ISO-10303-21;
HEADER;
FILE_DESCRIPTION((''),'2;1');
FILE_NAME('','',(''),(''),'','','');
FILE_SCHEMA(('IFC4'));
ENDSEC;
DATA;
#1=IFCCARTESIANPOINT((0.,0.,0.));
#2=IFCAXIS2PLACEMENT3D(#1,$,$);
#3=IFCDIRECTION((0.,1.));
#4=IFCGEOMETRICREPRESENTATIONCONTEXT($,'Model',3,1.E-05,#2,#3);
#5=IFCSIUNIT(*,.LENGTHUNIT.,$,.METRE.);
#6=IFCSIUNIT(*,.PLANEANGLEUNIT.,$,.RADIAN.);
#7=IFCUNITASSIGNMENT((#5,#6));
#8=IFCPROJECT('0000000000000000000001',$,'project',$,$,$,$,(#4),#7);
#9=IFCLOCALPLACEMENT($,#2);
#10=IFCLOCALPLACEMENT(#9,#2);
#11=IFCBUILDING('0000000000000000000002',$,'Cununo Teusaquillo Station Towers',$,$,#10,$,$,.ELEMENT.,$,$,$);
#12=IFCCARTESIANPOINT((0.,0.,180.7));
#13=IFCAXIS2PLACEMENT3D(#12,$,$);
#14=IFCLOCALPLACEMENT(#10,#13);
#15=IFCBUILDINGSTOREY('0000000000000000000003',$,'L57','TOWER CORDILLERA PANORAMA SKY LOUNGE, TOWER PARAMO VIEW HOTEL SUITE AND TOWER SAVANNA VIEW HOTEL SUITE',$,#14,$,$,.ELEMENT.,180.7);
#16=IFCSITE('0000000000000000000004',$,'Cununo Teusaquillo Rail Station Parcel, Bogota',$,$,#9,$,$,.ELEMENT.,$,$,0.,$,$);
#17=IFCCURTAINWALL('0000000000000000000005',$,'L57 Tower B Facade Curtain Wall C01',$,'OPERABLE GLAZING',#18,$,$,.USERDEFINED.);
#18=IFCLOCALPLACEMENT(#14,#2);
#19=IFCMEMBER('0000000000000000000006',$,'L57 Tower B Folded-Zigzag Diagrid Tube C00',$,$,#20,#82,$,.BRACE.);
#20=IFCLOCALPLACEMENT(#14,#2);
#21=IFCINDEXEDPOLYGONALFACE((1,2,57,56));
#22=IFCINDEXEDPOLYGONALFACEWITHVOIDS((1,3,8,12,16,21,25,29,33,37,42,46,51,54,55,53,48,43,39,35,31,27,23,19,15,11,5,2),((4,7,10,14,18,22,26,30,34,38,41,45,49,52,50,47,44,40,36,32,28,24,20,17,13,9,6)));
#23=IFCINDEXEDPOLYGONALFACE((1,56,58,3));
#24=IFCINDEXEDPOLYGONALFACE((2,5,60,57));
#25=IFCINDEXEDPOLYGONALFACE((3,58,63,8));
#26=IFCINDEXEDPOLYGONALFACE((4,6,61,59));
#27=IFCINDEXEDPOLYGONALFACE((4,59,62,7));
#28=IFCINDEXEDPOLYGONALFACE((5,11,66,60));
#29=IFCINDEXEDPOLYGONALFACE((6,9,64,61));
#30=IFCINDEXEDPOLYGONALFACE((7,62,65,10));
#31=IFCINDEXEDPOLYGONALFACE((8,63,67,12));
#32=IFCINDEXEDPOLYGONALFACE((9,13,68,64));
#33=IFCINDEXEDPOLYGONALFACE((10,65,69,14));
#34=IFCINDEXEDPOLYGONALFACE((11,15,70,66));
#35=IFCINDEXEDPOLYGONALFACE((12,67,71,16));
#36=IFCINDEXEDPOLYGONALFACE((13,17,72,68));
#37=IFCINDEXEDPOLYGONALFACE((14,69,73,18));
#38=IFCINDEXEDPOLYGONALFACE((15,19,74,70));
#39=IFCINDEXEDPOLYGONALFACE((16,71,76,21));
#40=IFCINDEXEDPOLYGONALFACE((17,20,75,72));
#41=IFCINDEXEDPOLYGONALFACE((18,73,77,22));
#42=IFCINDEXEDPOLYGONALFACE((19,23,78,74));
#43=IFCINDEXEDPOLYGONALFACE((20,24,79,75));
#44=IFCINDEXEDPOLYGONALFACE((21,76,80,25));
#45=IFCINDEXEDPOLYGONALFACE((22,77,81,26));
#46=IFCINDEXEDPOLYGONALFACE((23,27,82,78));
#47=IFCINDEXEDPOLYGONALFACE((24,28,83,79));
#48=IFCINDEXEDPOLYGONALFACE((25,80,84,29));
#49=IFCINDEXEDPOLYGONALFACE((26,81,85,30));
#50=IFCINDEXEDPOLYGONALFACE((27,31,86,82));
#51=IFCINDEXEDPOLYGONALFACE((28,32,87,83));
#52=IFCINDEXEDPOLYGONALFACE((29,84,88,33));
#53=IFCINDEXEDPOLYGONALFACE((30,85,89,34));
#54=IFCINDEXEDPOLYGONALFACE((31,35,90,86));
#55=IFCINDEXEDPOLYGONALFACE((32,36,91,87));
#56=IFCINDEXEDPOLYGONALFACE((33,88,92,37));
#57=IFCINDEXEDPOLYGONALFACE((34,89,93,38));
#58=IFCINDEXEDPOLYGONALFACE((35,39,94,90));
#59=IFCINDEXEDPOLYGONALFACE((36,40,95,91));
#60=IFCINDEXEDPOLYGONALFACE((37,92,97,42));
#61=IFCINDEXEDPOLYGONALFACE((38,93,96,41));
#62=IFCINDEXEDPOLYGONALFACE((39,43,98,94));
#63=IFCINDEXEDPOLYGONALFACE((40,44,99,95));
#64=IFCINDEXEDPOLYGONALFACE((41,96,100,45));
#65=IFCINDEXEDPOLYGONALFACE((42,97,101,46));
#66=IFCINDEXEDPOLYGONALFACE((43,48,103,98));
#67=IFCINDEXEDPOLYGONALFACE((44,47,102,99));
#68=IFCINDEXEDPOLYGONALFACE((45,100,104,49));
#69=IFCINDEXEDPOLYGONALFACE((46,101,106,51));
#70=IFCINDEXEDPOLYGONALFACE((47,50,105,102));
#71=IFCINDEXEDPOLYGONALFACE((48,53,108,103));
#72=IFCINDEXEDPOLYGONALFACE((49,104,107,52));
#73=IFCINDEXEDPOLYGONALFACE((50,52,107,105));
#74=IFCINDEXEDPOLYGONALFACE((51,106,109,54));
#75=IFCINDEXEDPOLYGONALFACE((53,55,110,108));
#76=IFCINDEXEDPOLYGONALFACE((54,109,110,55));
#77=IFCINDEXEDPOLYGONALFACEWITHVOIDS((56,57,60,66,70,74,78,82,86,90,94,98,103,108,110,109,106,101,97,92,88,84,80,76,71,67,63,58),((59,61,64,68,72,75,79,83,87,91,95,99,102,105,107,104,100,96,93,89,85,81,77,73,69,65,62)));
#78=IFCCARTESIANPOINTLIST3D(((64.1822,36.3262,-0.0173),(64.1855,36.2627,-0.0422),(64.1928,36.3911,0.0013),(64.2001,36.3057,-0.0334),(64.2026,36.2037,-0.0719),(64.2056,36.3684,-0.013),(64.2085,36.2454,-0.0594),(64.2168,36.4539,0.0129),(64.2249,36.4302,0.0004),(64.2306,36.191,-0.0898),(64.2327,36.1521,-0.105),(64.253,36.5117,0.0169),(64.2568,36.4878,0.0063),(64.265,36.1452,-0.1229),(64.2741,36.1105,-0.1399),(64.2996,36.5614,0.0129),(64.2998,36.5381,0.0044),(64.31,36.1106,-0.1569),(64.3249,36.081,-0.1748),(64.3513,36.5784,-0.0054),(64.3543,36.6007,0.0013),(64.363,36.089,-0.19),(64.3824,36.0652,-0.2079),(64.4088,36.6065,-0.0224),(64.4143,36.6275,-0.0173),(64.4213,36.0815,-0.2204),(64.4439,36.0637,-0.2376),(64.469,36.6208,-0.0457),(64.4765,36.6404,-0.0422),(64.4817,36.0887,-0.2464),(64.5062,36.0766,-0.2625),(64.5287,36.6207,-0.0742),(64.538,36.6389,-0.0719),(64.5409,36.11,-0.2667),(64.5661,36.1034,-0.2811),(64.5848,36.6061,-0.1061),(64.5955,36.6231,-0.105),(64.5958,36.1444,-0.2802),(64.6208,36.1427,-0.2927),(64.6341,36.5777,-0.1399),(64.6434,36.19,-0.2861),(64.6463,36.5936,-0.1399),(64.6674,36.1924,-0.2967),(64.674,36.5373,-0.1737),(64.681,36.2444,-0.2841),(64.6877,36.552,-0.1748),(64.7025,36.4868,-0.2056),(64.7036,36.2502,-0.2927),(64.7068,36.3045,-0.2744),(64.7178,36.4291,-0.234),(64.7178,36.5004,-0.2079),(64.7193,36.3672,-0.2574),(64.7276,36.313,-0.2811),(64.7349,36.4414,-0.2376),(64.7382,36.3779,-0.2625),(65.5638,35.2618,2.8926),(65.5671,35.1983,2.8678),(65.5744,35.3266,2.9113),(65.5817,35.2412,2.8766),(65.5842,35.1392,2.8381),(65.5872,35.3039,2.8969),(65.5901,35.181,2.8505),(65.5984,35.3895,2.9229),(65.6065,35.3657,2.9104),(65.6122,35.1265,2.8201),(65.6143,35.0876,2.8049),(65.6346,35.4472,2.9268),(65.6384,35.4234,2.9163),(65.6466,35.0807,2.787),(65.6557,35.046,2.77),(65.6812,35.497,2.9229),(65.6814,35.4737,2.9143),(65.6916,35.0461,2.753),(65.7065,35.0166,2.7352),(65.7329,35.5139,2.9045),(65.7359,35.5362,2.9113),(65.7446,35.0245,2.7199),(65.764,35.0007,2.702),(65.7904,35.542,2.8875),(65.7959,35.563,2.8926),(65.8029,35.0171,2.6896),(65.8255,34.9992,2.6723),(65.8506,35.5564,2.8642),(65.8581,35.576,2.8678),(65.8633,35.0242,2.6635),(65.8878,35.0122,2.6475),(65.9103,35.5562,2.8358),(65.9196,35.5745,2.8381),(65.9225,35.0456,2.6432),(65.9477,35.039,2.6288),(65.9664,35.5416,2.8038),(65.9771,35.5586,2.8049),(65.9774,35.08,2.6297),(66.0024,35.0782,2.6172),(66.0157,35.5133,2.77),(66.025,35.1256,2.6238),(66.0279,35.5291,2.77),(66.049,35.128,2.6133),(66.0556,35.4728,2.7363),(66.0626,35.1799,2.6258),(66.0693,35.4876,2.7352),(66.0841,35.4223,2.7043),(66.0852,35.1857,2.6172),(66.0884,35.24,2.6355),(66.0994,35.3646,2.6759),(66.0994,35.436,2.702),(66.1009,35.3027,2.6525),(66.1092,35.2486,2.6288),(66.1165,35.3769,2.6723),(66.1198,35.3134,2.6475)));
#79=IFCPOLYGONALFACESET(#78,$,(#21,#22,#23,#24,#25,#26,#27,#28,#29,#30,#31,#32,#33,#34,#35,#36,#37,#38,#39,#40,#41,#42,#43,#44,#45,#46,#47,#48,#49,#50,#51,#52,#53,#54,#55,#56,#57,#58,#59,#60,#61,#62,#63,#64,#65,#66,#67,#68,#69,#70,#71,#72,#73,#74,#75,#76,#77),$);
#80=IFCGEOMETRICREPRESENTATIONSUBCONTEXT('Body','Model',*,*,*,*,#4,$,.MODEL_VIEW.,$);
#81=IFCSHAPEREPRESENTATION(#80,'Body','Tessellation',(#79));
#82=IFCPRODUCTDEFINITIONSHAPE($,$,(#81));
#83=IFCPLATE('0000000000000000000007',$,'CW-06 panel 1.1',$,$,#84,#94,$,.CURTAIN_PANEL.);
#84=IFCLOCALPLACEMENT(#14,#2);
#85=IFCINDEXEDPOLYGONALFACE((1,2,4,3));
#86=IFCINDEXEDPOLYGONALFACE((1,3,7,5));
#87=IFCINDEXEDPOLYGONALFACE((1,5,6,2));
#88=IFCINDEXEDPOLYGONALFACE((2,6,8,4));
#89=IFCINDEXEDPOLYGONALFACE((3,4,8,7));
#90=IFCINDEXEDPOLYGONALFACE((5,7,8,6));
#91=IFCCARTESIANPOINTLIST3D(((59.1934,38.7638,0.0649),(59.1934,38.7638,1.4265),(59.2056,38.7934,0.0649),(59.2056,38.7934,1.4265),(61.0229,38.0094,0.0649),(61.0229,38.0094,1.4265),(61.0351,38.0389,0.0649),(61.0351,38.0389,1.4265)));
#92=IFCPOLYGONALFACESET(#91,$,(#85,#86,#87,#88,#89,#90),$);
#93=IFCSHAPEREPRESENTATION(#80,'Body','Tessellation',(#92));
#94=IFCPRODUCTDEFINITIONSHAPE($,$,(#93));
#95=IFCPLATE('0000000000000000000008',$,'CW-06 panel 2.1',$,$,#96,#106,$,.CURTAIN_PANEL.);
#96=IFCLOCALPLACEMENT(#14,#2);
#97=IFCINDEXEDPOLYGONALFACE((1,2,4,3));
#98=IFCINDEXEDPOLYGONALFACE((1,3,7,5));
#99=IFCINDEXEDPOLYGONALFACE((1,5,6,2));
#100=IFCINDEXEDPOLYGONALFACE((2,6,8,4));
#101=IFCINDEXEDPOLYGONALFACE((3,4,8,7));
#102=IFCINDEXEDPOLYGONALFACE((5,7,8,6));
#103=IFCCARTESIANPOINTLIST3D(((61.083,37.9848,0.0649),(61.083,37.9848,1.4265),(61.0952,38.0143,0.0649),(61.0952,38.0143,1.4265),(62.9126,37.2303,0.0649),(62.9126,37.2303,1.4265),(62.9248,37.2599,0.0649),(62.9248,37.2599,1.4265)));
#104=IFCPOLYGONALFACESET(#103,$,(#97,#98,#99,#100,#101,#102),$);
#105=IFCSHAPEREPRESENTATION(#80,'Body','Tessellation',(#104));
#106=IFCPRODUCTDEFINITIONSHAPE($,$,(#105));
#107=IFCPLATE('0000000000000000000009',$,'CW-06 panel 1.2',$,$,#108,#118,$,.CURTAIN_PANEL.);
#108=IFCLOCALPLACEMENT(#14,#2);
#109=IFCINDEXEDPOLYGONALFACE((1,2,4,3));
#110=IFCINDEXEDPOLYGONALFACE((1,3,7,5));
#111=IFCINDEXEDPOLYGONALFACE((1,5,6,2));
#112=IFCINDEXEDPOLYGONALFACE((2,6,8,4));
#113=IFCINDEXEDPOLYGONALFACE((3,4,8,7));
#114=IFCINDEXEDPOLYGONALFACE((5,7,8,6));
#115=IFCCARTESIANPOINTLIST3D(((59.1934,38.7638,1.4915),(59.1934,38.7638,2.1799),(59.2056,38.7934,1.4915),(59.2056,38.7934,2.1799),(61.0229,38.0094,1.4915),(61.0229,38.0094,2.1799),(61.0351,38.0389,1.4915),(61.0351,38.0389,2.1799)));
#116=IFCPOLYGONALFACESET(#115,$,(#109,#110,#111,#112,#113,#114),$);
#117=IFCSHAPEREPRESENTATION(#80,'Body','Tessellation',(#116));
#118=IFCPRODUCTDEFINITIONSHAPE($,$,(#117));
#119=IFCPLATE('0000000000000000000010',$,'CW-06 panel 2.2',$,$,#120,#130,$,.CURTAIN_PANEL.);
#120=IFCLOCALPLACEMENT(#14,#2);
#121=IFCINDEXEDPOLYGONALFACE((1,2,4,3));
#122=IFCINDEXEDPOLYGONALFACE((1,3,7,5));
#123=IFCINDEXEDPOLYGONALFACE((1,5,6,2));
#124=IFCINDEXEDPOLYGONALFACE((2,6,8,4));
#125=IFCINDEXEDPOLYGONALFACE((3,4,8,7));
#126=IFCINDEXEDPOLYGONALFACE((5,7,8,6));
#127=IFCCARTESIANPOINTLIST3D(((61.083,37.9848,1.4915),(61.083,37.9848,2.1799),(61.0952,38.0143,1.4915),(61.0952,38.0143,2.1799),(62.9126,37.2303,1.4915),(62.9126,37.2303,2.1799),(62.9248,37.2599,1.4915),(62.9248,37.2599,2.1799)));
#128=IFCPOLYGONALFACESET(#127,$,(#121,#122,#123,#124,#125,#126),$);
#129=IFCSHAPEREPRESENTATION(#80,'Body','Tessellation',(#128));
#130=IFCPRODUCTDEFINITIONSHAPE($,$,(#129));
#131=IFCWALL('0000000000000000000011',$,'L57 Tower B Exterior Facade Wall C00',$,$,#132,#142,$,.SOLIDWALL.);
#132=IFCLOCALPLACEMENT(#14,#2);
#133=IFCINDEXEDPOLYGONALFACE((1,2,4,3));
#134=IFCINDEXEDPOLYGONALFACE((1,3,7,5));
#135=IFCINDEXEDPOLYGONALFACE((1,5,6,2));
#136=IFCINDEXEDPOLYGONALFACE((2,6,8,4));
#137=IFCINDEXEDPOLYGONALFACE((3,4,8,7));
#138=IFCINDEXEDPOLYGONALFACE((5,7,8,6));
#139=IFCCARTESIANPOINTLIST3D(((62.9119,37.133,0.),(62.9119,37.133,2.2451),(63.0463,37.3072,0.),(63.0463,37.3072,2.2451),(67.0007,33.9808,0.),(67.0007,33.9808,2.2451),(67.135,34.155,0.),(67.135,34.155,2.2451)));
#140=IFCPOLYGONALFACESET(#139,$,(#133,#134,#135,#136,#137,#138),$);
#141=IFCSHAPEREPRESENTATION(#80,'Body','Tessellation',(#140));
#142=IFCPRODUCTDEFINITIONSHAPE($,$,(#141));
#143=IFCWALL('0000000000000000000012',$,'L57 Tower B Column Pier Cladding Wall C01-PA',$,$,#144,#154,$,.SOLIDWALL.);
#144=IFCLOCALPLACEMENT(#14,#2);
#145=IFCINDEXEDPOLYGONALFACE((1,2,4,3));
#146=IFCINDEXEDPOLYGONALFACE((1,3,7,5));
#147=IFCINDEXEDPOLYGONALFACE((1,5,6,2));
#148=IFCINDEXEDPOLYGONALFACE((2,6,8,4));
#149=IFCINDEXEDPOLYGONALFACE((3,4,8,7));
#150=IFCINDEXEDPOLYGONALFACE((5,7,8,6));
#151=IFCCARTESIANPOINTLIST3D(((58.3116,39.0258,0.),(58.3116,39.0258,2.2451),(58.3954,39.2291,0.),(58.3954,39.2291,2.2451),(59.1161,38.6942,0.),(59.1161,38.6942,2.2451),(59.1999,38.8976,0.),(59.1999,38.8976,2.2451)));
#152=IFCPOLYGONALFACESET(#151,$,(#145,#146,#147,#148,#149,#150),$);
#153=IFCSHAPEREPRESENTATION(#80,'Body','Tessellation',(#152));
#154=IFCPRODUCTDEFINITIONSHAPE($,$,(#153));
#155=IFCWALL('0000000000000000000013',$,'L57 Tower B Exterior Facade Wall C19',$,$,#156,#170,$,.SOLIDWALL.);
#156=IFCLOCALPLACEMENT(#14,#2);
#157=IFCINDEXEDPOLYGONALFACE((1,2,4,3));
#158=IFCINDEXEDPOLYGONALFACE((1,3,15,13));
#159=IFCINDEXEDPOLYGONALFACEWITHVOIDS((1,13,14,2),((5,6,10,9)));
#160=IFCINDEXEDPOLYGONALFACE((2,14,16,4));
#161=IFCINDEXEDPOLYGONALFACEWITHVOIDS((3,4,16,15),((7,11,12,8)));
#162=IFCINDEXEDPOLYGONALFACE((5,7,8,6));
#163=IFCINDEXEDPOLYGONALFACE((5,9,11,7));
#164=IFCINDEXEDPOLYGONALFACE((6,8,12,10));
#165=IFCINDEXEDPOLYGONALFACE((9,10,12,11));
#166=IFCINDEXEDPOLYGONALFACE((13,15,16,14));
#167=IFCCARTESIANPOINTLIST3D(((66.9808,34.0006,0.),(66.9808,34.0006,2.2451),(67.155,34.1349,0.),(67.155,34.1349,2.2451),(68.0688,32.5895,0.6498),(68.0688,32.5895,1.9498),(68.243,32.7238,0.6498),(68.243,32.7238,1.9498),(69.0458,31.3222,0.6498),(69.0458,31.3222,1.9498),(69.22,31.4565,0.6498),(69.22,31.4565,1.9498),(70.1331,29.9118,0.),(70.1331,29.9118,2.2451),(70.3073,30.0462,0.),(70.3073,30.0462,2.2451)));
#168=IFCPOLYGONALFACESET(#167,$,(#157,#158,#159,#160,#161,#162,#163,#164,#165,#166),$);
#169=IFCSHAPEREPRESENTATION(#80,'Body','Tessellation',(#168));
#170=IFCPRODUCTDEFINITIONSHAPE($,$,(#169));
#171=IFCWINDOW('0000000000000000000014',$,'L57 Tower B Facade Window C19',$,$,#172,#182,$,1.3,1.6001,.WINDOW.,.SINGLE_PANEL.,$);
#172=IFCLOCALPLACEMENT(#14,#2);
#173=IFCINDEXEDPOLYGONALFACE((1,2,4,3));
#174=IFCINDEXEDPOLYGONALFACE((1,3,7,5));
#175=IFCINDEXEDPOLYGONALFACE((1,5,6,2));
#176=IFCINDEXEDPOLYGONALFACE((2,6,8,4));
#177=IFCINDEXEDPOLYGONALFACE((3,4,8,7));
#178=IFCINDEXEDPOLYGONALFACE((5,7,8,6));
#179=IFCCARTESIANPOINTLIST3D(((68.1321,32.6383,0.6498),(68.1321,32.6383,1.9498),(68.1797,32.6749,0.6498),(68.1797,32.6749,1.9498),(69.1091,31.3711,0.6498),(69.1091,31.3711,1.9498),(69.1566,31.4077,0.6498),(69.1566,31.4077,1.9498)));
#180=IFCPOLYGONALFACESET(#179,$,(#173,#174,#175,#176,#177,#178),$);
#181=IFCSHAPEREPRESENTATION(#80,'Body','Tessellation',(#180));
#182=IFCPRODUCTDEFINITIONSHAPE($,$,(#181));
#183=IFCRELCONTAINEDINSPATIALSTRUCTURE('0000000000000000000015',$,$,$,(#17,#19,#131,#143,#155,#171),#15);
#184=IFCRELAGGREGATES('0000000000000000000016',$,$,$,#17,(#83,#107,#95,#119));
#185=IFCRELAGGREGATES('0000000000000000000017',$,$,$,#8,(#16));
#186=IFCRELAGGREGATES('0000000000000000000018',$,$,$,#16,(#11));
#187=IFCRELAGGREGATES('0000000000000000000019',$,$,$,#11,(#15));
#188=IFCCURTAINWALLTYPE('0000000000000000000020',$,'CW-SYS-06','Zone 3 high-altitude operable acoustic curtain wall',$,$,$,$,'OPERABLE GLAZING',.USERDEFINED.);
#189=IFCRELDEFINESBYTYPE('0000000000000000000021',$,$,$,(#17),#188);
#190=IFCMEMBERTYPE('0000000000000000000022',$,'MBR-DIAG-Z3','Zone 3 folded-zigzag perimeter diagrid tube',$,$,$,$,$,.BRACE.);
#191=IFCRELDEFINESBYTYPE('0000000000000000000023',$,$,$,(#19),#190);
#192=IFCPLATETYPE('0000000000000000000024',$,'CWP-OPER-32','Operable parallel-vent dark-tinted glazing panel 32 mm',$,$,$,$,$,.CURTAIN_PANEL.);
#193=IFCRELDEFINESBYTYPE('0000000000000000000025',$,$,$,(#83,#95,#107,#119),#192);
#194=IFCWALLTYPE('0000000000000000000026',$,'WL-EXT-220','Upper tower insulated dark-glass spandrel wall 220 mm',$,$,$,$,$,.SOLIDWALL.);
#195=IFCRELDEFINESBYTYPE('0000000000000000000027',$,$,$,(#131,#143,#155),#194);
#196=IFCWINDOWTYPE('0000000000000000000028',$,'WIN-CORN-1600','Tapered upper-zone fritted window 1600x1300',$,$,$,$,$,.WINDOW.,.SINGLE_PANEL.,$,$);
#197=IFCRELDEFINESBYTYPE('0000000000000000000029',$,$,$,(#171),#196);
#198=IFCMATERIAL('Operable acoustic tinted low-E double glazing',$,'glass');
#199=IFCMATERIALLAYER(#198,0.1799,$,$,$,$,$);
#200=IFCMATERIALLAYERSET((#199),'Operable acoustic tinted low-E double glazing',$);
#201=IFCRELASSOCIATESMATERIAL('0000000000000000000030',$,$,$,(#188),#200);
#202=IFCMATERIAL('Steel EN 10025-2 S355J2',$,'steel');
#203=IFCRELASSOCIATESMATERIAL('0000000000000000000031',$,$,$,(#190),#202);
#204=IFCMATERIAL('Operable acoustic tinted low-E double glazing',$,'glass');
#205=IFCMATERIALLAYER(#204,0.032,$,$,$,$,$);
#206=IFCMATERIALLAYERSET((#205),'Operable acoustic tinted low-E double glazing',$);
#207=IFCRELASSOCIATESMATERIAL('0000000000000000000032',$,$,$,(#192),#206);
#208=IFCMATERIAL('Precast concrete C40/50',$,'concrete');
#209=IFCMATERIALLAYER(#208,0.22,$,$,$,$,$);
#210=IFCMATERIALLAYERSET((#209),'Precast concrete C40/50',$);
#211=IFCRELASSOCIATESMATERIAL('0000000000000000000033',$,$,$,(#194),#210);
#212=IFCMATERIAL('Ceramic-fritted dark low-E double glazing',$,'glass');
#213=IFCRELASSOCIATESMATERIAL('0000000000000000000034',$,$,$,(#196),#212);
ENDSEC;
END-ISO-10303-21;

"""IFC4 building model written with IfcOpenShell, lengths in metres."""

from ifc_helpers import new_model, si_unit, direction, frame, frame_2d, origin, origin_2d, place, context, subcontext, project, spatial, rectangle, hollow_circle, extrude, source, transform, mapped, material, layer, layer_set, material_profile, profile_set, type_object, element, fill, aggregate, save


model = new_model("IFC4")

# Units and contexts
model_context = context("Model", 3, precision=1e-05, world=origin(), true_north=direction((0.0, 1.0)))
body_context = subcontext(model_context, "Body", "Model", "MODEL_VIEW")
ifc_project = project(units=[si_unit("LENGTHUNIT", "METRE"), si_unit("PLANEANGLEUNIT", "RADIAN")], contexts=[model_context])

# Site, building, storey
site_placement = place(None, origin())
site = spatial("IfcSite", under=ifc_project, at=site_placement, Name="Cununo Teusaquillo Rail Station Parcel, Bogota", CompositionType="ELEMENT", RefElevation=0.0)
building_placement = place(site_placement, origin())
building = spatial("IfcBuilding", under=site, at=building_placement, Name="Cununo Teusaquillo Station Towers", CompositionType="ELEMENT")
storey_placement = place(building_placement, frame((0.0, 0.0, 180.7)))
storey = spatial("IfcBuildingStorey", under=building, at=storey_placement, Name="L57", Description="TOWER CORDILLERA PANORAMA SKY LOUNGE, TOWER PARAMO VIEW HOTEL SUITE AND TOWER SAVANNA VIEW HOTEL SUITE", CompositionType="ELEMENT", Elevation=180.7)

# Curtain wall
ifc_material_1 = material(Name="Operable acoustic tinted low-E double glazing", Category="glass")
ifc_layer_1 = layer(ifc_material_1, 0.1799)
ifc_layer_set_1 = layer_set([ifc_layer_1], Name="Operable acoustic tinted low-E double glazing")
curtain_wall_type = type_object("IfcCurtainWallType", Name="CW-SYS-06", Description="Zone 3 high-altitude operable acoustic curtain wall", ElementType="OPERABLE GLAZING", PredefinedType="USERDEFINED", material=ifc_layer_set_1)
curtain_wall_placement = place(storey_placement, origin())
curtain_wall = element("IfcCurtainWall", 1, at=curtain_wall_placement, inside=storey, type_object=curtain_wall_type, Name="L57 Tower B Facade Curtain Wall C01", ObjectType="OPERABLE GLAZING", PredefinedType="USERDEFINED")

# Member
ifc_material_2 = material(Name="Steel EN 10025-2 S355J2", Category="steel")
ifc_material_profile_1 = material_profile(ifc_material_2, hollow_circle(Radius=0.3049, WallThickness=0.02, at=origin_2d()), Name="CHS 610x20")
ifc_profile_set_1 = profile_set([ifc_material_profile_1], Name="Steel EN 10025-2 S355J2")
member_type_1 = type_object("IfcMemberType", Name="MBR-DIAG-Z3", Description="Zone 3 folded-zigzag perimeter diagrid tube", PredefinedType="BRACE", material=ifc_profile_set_1)
member_1_placement = place(storey_placement, frame((64.4602, 36.3521, -0.1399), z_axis=(0.407242, -0.313761, 0.857734), x_axis=(0.610319, 0.792155, 0.0)))
element("IfcMember", 2, at=member_1_placement, inside=storey, type_object=member_type_1, Name="L57 Tower B Folded-Zigzag Diagrid Tube C00", PredefinedType="BRACE", context=body_context, shape_type="SweptSolid", body=[
    extrude(hollow_circle(Radius=0.3049, WallThickness=0.02, at=origin_2d()), origin(), (0.0, 0.0, 1.0), 3.3926),
])

# Plates
ifc_material_3 = material(Name="Operable acoustic tinted low-E double glazing", Category="glass")
ifc_layer_2 = layer(ifc_material_3, 0.032)
ifc_layer_set_2 = layer_set([ifc_layer_2], Name="Operable acoustic tinted low-E double glazing")
plate_type = type_object("IfcPlateType", Name="CWP-OPER-32", Description="Operable parallel-vent dark-tinted glazing panel 32 mm", PredefinedType="CURTAIN_PANEL", material=ifc_layer_set_2)
shared_shape_1 = source(origin(), body_context, "Body", "SweptSolid", [
    extrude(rectangle(XDim=1.979, YDim=0.032, at=origin_2d()), origin(), (0.0, 0.0, 1.0), 1.3616),
])
plate_1_placement = place(storey_placement, frame((60.1143, 38.4014, 0.0649), z_axis=(0.0, 0.0, 1.0), x_axis=(0.924481, -0.381229, 0.0)))
plate_1 = element("IfcPlate", 3, at=plate_1_placement, type_object=plate_type, Name="CW-06 panel 1.1", PredefinedType="CURTAIN_PANEL", context=body_context, shape_type="MappedRepresentation", body=[
    mapped(shared_shape_1, transform((0.0, 0.0, 0.0), x_axis=(1.0, 0.0, 0.0), y_axis=(0.0, 1.0, 0.0), z_axis=(0.0, 0.0, 1.0), scale=1.0)),
])
plate_2_placement = place(storey_placement, frame((62.0039, 37.6223, 0.0649), z_axis=(0.0, 0.0, 1.0), x_axis=(0.924481, -0.381229, 0.0)))
plate_2 = element("IfcPlate", 4, at=plate_2_placement, type_object=plate_type, Name="CW-06 panel 2.1", PredefinedType="CURTAIN_PANEL", context=body_context, shape_type="MappedRepresentation", body=[
    mapped(shared_shape_1, transform((0.0, 0.0, 0.0), x_axis=(1.0, 0.0, 0.0), y_axis=(0.0, 1.0, 0.0), z_axis=(0.0, 0.0, 1.0), scale=1.0)),
])
shared_shape_2 = source(origin(), body_context, "Body", "SweptSolid", [
    extrude(rectangle(XDim=1.979, YDim=0.032, at=origin_2d()), origin(), (0.0, 0.0, 1.0), 0.6885),
])
plate_3_placement = place(storey_placement, frame((60.1143, 38.4014, 1.4915), z_axis=(0.0, 0.0, 1.0), x_axis=(0.924481, -0.381229, 0.0)))
plate_3 = element("IfcPlate", 5, at=plate_3_placement, type_object=plate_type, Name="CW-06 panel 1.2", PredefinedType="CURTAIN_PANEL", context=body_context, shape_type="MappedRepresentation", body=[
    mapped(shared_shape_2, transform((0.0, 0.0, 0.0), x_axis=(1.0, 0.0, 0.0), y_axis=(0.0, 1.0, 0.0), z_axis=(0.0, 0.0, 1.0), scale=1.0)),
])
plate_4_placement = place(storey_placement, frame((62.0039, 37.6223, 1.4915), z_axis=(0.0, 0.0, 1.0), x_axis=(0.924481, -0.381229, 0.0)))
plate_4 = element("IfcPlate", 6, at=plate_4_placement, type_object=plate_type, Name="CW-06 panel 2.2", PredefinedType="CURTAIN_PANEL", context=body_context, shape_type="MappedRepresentation", body=[
    mapped(shared_shape_2, transform((0.0, 0.0, 0.0), x_axis=(1.0, 0.0, 0.0), y_axis=(0.0, 1.0, 0.0), z_axis=(0.0, 0.0, 1.0), scale=1.0)),
])
aggregate(curtain_wall, [plate_1, plate_3, plate_2, plate_4])

# Walls
ifc_material_4 = material(Name="Precast concrete C40/50", Category="concrete")
ifc_layer_3 = layer(ifc_material_4, 0.22)
ifc_layer_set_3 = layer_set([ifc_layer_3], Name="Precast concrete C40/50")
wall_type_1 = type_object("IfcWallType", Name="WL-EXT-220", Description="Upper tower insulated dark-glass spandrel wall 220 mm", PredefinedType="SOLIDWALL", material=ifc_layer_set_3)
wall_1_placement = place(storey_placement, frame((62.979, 37.2202, 0.0), z_axis=(0.0, 0.0, 1.0), x_axis=(0.791963, -0.61057, 0.0)))
element("IfcWall", 7, at=wall_1_placement, inside=storey, type_object=wall_type_1, Name="L57 Tower B Exterior Facade Wall C00", PredefinedType="SOLIDWALL", context=body_context, shape_type="SweptSolid", body=[
    extrude(rectangle(XDim=5.1628, YDim=0.22, at=frame_2d((2.5815, 0.0))), origin(), (0.0, 0.0, 1.0), 2.2451),
])
wall_2_placement = place(storey_placement, frame((58.3535, 39.1274, 0.0), z_axis=(0.0, 0.0, 1.0), x_axis=(0.924556, -0.381046, 0.0)))
element("IfcWall", 8, at=wall_2_placement, inside=storey, type_object=wall_type_1, Name="L57 Tower B Column Pier Cladding Wall C01-PA", PredefinedType="SOLIDWALL", context=body_context, shape_type="SweptSolid", body=[
    extrude(rectangle(XDim=0.8701, YDim=0.22, at=frame_2d((0.4351, 0.0))), origin(), (0.0, 0.0, 1.0), 2.2451),
])

# Wall, opening, window
wall_3_placement = place(storey_placement, frame((67.0679, 34.0679, 0.0), z_axis=(0.0, 0.0, 1.0), x_axis=(0.61057, -0.791963, 0.0)))
wall_3 = element("IfcWall", 9, at=wall_3_placement, inside=storey, type_object=wall_type_1, Name="L57 Tower B Exterior Facade Wall C19", PredefinedType="SOLIDWALL", context=body_context, shape_type="SweptSolid", body=[
    extrude(rectangle(XDim=5.1628, YDim=0.22, at=frame_2d((2.5815, 0.0))), origin(), (0.0, 0.0, 1.0), 2.2451),
])
shared_shape_3 = source(origin(), body_context, "Body", "SweptSolid", [
    extrude(rectangle(XDim=1.6001, YDim=1.3, at=frame_2d((0.8, 0.6499))), frame((0.0, 0.1199, 0.0), z_axis=(0.0, -1.0, 0.0), x_axis=(1.0, 0.0, 0.0)), (0.0, 0.0, 1.0), 0.24),
])
opening_1_placement = place(wall_3_placement, frame((1.782, 0.0, 0.6499)))
opening_1 = element("IfcOpeningElement", 10, at=opening_1_placement, cuts=wall_3, PredefinedType="OPENING", context=body_context, shape_type="MappedRepresentation", body=[
    mapped(shared_shape_3, transform((0.0, 0.0, 0.0), x_axis=(1.0, 0.0, 0.0), y_axis=(0.0, 1.0, 0.0), z_axis=(0.0, 0.0, 1.0), scale=1.0)),
])
ifc_material_5 = material(Name="Ceramic-fritted dark low-E double glazing", Category="glass")
window_type = type_object("IfcWindowType", Name="WIN-CORN-1600", Description="Tapered upper-zone fritted window 1600x1300", PartitioningType="SINGLE_PANEL", PredefinedType="WINDOW", material=ifc_material_5)
shared_shape_4 = source(origin(), body_context, "Body", "SweptSolid", [
    extrude(rectangle(XDim=1.6001, YDim=1.3, at=frame_2d((0.8, 0.6499))), frame((0.0, 0.03, 0.0), z_axis=(0.0, -1.0, 0.0), x_axis=(1.0, 0.0, 0.0)), (0.0, 0.0, 1.0), 0.0601),
])
window_placement = place(opening_1_placement, origin())
window = element("IfcWindow", 11, at=window_placement, inside=storey, type_object=window_type, Name="L57 Tower B Facade Window C19", OverallHeight=1.3, OverallWidth=1.6001, PartitioningType="SINGLE_PANEL", PredefinedType="WINDOW", context=body_context, shape_type="MappedRepresentation", body=[
    mapped(shared_shape_4, transform((0.0, 0.0, 0.0), x_axis=(1.0, 0.0, 0.0), y_axis=(0.0, 1.0, 0.0), z_axis=(0.0, 0.0, 1.0), scale=1.0)),
])
fill(opening_1, window)

save(model, "model.ifc")
